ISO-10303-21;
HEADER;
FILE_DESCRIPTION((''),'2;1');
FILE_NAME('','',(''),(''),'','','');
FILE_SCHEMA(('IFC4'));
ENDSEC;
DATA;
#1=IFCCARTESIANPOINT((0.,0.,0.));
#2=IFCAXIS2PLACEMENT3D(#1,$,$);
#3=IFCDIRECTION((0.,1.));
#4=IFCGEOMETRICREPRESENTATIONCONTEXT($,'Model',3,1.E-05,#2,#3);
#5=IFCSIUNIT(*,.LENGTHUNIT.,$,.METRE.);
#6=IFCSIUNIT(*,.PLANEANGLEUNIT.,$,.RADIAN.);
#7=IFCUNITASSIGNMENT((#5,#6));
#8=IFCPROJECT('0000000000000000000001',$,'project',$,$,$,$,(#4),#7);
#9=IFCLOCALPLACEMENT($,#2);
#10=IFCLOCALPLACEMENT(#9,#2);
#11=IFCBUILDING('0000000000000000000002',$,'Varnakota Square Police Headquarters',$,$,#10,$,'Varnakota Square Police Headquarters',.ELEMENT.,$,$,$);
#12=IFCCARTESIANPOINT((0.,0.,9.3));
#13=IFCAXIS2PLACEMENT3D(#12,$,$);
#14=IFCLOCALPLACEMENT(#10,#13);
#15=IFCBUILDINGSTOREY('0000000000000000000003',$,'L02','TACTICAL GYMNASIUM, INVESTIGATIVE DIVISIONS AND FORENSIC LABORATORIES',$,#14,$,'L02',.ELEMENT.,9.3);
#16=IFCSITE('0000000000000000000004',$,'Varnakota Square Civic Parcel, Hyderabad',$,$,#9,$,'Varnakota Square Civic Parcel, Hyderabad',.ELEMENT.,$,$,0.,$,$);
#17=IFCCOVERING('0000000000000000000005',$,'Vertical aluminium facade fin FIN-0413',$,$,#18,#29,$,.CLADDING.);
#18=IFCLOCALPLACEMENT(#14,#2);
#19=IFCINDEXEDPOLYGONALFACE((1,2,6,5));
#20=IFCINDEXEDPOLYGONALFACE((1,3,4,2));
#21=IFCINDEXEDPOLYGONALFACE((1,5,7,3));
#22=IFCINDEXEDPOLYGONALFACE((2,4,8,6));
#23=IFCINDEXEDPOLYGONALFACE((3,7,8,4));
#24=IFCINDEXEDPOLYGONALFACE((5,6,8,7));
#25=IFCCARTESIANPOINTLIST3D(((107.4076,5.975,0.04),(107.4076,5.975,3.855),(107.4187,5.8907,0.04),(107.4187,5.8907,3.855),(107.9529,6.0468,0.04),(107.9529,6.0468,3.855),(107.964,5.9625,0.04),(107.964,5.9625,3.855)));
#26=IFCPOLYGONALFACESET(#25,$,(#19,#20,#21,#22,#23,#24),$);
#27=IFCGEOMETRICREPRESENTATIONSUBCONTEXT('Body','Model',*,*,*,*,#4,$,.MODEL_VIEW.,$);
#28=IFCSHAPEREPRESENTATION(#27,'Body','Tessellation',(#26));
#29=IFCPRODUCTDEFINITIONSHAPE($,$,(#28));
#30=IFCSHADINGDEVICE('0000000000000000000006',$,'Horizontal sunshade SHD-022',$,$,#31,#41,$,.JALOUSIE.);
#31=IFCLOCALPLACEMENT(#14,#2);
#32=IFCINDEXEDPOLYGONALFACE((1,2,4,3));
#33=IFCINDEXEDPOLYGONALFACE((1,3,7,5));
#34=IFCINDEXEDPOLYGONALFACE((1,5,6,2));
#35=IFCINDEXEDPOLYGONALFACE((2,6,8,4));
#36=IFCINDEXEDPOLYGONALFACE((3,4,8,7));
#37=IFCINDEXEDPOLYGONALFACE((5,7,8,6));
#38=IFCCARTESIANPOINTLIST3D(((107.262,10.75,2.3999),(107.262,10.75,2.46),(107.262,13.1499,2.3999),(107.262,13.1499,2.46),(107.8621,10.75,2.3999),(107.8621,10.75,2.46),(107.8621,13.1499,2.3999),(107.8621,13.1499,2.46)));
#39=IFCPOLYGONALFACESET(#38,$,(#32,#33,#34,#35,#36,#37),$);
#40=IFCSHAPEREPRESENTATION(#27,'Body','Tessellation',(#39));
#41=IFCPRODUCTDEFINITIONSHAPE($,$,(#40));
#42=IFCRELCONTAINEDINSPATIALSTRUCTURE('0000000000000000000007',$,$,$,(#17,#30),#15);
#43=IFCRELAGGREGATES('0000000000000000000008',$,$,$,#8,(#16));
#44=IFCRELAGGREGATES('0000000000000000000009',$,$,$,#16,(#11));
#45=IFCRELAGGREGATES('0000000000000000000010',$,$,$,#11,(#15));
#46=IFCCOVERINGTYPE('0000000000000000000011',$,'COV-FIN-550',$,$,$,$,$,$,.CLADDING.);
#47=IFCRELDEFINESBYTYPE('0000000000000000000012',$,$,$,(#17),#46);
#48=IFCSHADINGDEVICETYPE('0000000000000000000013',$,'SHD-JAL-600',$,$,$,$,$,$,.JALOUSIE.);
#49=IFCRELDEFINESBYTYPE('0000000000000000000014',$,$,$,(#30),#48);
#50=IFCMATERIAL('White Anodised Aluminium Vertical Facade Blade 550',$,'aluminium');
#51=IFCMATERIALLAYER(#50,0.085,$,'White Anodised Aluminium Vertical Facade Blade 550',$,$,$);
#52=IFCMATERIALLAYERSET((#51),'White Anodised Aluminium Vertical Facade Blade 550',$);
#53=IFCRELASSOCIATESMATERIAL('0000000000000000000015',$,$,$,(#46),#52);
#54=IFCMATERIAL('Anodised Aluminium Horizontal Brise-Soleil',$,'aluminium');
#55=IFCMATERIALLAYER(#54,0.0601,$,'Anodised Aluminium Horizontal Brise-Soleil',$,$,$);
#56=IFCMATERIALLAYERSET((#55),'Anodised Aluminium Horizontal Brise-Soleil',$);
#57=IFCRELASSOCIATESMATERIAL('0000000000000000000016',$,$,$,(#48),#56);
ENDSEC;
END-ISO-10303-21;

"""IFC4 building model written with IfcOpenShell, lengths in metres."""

from ifc_helpers import new_model, si_unit, direction, frame, origin, origin_2d, place, context, subcontext, project, spatial, rectangle, extrude, material, layer, layer_set, type_object, element, save


model = new_model("IFC4")

# Units and contexts
model_context = context("Model", 3, precision=1e-05, world=origin(), true_north=direction((0.0, 1.0)))
body_context = subcontext(model_context, "Body", "Model", "MODEL_VIEW")
ifc_project = project(units=[si_unit("LENGTHUNIT", "METRE"), si_unit("PLANEANGLEUNIT", "RADIAN")], contexts=[model_context])

# Site, building, storey
site_placement = place(None, origin())
site = spatial("IfcSite", under=ifc_project, at=site_placement, Name="Varnakota Square Civic Parcel, Hyderabad", LongName="Varnakota Square Civic Parcel, Hyderabad", CompositionType="ELEMENT", RefElevation=0.0)
building_placement = place(site_placement, origin())
building = spatial("IfcBuilding", under=site, at=building_placement, Name="Varnakota Square Police Headquarters", LongName="Varnakota Square Police Headquarters", CompositionType="ELEMENT")
storey_placement = place(building_placement, frame((0.0, 0.0, 9.3)))
storey = spatial("IfcBuildingStorey", under=building, at=storey_placement, Name="L02", Description="TACTICAL GYMNASIUM, INVESTIGATIVE DIVISIONS AND FORENSIC LABORATORIES", LongName="L02", CompositionType="ELEMENT", Elevation=9.3)

# Covering
ifc_material_1 = material(Name="White Anodised Aluminium Vertical Facade Blade 550", Category="aluminium")
ifc_layer_1 = layer(ifc_material_1, 0.085, Name="White Anodised Aluminium Vertical Facade Blade 550")
ifc_layer_set_1 = layer_set([ifc_layer_1], Name="White Anodised Aluminium Vertical Facade Blade 550")
covering_type = type_object("IfcCoveringType", Name="COV-FIN-550", PredefinedType="CLADDING", material=ifc_layer_set_1)
covering_placement = place(storey_placement, frame((107.6858, 5.9688, 0.04), z_axis=(0.0, 0.0, 1.0), x_axis=(0.130526, -0.991445, 0.0)))
element("IfcCovering", 1, at=covering_placement, inside=storey, type_object=covering_type, Name="Vertical aluminium facade fin FIN-0413", PredefinedType="CLADDING", context=body_context, shape_type="SweptSolid", body=[
    extrude(rectangle(XDim=0.085, YDim=0.55, at=origin_2d()), origin(), (0.0, 0.0, 1.0), 3.8149),
])

# Shading device
ifc_material_2 = material(Name="Anodised Aluminium Horizontal Brise-Soleil", Category="aluminium")
ifc_layer_2 = layer(ifc_material_2, 0.0601, Name="Anodised Aluminium Horizontal Brise-Soleil")
ifc_layer_set_2 = layer_set([ifc_layer_2], Name="Anodised Aluminium Horizontal Brise-Soleil")
shading_device_type = type_object("IfcShadingDeviceType", Name="SHD-JAL-600", PredefinedType="JALOUSIE", material=ifc_layer_set_2)
shading_device_placement = place(storey_placement, frame((107.562, 11.95, 2.3999), z_axis=(0.0, 0.0, 1.0), x_axis=(0.0, 1.0, 0.0)))
element("IfcShadingDevice", 2, at=shading_device_placement, inside=storey, type_object=shading_device_type, Name="Horizontal sunshade SHD-022", PredefinedType="JALOUSIE", context=body_context, shape_type="SweptSolid", body=[
    extrude(rectangle(XDim=2.3999, YDim=0.6001, at=origin_2d()), origin(), (0.0, 0.0, 1.0), 0.0601),
])

save(model, "model.ifc")
